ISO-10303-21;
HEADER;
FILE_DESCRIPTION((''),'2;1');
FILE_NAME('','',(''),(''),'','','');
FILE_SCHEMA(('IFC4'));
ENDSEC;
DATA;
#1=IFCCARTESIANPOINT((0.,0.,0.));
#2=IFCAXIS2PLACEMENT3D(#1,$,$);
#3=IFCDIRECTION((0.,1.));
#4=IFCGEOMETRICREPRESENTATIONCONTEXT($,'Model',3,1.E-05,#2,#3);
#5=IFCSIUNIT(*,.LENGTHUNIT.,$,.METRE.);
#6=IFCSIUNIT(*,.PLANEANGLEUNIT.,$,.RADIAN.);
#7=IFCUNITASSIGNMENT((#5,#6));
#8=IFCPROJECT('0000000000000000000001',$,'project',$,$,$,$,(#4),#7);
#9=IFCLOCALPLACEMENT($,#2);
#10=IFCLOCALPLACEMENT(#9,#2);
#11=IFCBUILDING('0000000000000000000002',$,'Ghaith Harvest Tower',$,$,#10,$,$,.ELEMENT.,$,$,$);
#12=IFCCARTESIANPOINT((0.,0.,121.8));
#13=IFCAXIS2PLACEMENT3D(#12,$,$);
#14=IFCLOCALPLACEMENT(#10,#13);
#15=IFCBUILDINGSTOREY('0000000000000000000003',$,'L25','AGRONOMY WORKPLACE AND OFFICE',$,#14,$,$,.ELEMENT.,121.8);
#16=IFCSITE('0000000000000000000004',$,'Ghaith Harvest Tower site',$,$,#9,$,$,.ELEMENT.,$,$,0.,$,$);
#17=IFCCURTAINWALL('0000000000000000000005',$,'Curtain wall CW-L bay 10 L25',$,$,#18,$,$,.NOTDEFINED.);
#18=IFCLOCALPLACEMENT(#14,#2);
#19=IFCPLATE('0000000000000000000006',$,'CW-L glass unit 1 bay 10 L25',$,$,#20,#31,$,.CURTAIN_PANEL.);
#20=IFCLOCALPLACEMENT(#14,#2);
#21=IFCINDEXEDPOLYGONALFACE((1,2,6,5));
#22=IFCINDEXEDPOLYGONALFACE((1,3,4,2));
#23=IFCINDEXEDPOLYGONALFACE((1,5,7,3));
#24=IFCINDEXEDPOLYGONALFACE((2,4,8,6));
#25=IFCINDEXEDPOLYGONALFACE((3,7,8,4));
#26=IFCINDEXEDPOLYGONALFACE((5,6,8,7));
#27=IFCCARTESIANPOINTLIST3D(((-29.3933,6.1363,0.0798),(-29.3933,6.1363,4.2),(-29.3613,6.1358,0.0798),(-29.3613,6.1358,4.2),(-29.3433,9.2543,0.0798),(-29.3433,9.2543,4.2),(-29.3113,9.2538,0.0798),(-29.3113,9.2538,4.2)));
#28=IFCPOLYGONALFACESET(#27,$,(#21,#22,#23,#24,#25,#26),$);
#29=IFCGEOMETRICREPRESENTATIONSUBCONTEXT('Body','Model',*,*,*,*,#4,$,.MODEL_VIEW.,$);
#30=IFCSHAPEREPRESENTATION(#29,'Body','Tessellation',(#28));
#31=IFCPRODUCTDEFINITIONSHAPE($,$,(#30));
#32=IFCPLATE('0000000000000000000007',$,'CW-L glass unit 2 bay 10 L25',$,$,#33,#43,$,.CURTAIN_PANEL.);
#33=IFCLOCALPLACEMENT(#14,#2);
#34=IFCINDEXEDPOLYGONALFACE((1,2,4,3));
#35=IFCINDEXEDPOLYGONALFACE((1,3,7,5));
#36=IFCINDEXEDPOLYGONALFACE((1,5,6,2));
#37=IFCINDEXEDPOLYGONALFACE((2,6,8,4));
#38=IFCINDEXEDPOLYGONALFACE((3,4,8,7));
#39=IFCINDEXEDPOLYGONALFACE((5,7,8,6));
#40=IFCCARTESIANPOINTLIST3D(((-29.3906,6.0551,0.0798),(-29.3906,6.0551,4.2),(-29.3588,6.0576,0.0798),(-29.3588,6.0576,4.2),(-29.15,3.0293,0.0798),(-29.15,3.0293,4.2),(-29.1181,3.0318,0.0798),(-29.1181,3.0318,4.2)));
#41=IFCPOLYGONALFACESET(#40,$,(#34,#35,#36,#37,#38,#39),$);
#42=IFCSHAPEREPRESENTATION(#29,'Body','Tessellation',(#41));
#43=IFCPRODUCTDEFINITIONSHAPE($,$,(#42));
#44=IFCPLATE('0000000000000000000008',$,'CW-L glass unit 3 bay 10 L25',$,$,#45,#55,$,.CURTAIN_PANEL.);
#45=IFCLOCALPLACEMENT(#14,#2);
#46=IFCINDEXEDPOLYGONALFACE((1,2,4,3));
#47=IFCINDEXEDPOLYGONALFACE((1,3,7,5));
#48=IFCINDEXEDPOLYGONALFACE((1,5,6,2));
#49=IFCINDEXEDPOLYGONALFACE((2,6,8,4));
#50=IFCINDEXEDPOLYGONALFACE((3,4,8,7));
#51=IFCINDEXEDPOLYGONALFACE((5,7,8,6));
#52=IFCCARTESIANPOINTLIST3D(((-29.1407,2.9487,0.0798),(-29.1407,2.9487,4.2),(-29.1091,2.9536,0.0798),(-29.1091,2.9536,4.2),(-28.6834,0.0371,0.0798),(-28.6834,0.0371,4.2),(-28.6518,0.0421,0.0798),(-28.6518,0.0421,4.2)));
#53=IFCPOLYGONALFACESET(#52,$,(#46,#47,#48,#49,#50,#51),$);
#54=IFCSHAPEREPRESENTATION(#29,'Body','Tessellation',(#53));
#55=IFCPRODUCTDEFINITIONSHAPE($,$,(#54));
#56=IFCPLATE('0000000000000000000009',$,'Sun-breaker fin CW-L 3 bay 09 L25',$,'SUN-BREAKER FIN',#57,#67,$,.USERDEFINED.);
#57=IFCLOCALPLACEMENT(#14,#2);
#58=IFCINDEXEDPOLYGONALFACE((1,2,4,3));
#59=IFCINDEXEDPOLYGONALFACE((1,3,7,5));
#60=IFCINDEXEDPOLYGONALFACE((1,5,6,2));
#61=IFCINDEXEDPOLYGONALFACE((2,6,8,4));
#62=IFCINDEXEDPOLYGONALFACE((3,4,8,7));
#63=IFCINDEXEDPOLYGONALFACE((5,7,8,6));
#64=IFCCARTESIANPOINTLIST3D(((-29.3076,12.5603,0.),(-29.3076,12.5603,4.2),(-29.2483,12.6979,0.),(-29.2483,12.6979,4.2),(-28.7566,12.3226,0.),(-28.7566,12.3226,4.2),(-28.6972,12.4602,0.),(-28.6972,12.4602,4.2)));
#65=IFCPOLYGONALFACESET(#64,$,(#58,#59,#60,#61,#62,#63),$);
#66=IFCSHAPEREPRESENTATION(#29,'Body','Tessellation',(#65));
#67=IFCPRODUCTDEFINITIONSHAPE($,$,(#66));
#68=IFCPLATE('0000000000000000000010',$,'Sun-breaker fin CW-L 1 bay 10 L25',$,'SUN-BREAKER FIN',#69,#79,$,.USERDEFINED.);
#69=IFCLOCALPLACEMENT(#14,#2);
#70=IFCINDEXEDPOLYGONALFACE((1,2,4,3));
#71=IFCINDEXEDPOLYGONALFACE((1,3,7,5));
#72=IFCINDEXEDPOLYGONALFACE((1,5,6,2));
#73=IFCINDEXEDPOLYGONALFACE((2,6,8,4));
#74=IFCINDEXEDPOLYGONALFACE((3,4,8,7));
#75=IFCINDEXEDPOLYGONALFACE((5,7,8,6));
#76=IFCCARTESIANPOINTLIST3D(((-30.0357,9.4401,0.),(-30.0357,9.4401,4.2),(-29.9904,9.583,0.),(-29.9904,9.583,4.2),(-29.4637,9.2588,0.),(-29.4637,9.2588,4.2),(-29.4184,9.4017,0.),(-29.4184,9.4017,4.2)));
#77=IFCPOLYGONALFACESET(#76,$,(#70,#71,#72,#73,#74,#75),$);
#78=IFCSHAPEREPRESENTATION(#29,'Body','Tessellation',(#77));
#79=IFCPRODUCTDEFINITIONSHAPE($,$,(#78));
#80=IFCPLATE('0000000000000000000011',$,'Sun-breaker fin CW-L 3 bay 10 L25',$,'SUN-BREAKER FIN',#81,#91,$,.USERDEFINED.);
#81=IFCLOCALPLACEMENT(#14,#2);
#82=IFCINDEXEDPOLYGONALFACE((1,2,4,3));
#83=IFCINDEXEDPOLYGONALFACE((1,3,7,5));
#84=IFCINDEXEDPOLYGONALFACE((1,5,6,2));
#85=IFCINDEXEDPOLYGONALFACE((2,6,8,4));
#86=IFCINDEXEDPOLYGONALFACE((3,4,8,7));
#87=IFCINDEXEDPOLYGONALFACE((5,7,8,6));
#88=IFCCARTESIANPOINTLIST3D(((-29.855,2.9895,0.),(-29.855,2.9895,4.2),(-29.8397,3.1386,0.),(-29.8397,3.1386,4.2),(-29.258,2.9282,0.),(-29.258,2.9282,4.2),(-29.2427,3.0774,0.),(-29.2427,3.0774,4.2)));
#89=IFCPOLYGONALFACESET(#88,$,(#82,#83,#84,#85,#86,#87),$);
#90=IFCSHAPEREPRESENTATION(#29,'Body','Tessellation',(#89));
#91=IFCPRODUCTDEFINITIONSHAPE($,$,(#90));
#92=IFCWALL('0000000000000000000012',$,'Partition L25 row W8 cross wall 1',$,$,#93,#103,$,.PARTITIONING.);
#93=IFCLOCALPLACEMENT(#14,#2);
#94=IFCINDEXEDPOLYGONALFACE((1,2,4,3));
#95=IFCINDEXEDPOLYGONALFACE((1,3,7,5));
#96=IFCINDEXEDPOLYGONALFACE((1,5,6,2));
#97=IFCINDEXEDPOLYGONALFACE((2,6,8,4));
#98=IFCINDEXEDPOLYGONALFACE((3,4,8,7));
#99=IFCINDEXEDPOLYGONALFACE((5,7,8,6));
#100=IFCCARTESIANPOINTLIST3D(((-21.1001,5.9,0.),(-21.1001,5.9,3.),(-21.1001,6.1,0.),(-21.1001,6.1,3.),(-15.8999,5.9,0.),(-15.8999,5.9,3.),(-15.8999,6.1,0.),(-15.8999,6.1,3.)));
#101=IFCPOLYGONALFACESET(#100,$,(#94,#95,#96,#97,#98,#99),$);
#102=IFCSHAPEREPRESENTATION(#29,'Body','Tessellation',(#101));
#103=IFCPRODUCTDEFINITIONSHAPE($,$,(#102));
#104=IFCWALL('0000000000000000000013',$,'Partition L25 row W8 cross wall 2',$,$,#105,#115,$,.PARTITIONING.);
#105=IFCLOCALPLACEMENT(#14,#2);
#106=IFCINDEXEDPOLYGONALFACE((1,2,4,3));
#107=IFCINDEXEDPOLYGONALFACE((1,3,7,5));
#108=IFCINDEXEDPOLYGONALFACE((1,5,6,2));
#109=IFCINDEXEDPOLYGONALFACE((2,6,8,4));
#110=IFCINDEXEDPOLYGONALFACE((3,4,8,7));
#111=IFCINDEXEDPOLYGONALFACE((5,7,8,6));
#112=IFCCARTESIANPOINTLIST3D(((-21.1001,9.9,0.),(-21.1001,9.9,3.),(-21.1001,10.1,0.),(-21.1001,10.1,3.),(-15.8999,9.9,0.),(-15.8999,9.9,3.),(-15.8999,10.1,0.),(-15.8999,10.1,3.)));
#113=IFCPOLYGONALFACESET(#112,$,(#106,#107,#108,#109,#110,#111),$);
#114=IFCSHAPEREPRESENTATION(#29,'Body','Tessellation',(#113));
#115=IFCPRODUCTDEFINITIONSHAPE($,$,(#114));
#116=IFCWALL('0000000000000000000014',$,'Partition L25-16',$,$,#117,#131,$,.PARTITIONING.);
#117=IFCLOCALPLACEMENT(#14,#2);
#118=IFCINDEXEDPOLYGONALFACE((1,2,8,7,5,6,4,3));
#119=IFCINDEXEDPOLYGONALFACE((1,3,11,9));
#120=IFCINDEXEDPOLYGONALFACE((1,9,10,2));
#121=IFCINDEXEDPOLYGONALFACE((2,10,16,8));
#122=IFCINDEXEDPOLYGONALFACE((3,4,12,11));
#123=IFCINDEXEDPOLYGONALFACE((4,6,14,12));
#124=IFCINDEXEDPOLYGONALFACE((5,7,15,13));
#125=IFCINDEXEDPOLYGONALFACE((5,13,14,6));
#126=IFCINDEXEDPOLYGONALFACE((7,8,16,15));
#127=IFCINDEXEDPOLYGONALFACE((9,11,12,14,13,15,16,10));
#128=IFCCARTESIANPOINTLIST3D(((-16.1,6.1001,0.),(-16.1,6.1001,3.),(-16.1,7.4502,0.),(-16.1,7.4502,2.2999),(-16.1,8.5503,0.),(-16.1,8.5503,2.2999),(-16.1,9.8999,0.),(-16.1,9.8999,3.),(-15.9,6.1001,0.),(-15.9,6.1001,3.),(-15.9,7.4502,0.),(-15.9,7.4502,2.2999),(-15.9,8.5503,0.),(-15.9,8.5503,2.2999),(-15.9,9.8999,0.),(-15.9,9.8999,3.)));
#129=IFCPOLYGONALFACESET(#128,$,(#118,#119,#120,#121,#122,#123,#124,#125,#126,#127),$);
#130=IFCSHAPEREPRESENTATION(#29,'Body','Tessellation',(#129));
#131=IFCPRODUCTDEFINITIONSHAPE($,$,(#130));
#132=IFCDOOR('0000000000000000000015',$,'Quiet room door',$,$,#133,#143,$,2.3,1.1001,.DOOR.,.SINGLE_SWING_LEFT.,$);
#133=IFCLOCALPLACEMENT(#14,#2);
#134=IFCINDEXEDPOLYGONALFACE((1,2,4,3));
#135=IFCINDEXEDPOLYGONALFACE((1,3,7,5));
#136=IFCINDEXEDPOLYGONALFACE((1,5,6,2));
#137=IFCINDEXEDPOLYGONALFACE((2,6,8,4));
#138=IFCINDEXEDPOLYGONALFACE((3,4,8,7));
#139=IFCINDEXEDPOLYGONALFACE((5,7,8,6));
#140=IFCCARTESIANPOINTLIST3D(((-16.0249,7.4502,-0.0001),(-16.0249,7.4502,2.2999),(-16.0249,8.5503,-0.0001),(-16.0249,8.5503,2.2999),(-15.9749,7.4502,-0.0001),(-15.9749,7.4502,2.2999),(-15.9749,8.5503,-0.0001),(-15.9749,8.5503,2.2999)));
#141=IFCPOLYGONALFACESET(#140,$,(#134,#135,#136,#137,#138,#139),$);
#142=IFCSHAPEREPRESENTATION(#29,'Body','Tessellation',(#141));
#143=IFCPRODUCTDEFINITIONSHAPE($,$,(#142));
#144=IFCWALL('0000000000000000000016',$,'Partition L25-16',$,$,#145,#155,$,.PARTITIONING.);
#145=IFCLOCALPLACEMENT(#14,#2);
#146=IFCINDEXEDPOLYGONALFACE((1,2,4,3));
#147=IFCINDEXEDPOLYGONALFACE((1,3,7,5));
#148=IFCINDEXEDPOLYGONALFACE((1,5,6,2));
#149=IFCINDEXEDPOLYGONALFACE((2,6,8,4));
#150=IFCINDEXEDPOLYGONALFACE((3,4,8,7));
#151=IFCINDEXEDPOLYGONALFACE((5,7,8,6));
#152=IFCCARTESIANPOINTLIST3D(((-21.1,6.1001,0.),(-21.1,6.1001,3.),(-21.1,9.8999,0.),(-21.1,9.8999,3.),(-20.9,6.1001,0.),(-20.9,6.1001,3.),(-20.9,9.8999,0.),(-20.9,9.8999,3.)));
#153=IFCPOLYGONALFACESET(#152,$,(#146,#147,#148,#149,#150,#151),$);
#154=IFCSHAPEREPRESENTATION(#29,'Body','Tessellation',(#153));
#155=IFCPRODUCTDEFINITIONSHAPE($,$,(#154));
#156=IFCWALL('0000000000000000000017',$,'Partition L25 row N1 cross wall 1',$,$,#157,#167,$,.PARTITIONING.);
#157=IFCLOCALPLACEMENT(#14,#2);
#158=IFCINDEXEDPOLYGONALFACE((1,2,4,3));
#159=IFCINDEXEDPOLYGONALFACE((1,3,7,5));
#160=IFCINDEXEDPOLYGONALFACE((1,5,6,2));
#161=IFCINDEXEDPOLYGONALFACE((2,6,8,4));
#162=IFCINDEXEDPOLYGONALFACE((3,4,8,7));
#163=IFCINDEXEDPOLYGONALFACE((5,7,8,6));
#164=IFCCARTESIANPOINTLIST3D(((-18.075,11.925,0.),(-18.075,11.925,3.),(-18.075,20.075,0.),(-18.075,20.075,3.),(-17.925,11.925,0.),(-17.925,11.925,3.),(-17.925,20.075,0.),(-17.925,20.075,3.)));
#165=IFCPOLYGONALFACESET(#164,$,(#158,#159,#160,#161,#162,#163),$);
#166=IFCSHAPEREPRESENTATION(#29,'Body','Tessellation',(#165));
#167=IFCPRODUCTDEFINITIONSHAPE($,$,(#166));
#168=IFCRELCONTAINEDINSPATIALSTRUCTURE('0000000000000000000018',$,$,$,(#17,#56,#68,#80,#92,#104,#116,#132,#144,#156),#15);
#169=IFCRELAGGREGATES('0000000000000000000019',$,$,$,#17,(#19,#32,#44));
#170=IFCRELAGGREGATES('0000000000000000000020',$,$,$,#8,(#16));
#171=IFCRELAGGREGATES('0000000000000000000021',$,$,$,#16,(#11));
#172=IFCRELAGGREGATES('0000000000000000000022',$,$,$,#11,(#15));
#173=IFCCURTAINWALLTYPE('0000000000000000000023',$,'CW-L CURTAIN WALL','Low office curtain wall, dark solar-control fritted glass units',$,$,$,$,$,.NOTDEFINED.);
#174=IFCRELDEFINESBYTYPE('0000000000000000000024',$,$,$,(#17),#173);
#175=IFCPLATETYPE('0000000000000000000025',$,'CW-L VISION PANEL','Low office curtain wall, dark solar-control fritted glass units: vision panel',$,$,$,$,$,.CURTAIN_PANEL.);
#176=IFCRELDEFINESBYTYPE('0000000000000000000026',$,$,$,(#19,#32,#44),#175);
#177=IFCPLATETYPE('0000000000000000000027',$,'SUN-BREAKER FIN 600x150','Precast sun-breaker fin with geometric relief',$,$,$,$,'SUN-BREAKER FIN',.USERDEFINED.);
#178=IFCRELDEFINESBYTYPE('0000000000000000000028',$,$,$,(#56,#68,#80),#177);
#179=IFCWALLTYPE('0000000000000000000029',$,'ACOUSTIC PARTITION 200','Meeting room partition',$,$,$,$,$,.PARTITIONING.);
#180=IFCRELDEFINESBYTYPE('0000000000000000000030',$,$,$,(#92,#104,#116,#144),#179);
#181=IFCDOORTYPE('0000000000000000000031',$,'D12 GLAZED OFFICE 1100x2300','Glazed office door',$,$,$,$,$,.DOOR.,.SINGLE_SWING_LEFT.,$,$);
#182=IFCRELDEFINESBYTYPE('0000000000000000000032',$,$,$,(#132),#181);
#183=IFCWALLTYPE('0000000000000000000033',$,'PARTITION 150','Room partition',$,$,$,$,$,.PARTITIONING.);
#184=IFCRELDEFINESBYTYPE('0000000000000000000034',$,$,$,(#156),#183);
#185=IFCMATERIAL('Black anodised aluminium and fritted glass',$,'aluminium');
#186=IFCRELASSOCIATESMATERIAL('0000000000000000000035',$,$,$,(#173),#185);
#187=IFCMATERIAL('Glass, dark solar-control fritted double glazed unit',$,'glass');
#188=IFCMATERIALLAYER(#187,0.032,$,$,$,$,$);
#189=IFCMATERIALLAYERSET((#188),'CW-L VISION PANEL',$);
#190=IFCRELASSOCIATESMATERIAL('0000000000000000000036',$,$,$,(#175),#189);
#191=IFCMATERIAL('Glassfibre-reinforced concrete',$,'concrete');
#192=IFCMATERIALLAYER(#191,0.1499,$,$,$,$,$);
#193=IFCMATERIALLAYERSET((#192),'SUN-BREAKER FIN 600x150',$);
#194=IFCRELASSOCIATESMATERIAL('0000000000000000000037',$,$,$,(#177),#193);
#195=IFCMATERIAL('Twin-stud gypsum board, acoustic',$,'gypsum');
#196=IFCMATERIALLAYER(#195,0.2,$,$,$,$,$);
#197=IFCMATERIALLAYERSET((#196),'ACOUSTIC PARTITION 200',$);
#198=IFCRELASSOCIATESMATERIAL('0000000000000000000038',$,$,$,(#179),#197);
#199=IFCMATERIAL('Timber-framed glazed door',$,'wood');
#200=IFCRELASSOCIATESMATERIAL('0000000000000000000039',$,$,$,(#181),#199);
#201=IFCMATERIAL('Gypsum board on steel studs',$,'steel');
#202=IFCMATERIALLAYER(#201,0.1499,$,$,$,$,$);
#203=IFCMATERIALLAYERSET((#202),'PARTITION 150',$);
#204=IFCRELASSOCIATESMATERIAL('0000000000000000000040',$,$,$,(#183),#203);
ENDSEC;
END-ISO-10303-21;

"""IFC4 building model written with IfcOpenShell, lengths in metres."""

from ifc_helpers import new_model, si_unit, direction, frame, frame_2d, origin, origin_2d, place, context, subcontext, project, spatial, rectangle, extrude, material, layer, layer_set, type_object, element, fill, aggregate, save


model = new_model("IFC4")

# Units and contexts
model_context = context("Model", 3, precision=1e-05, world=origin(), true_north=direction((0.0, 1.0)))
body_context = subcontext(model_context, "Body", "Model", "MODEL_VIEW")
ifc_project = project(units=[si_unit("LENGTHUNIT", "METRE"), si_unit("PLANEANGLEUNIT", "RADIAN")], contexts=[model_context])

# Site, building, storey
site_placement = place(None, origin())
site = spatial("IfcSite", under=ifc_project, at=site_placement, Name="Ghaith Harvest Tower site", CompositionType="ELEMENT", RefElevation=0.0)
building_placement = place(site_placement, origin())
building = spatial("IfcBuilding", under=site, at=building_placement, Name="Ghaith Harvest Tower", CompositionType="ELEMENT")
storey_placement = place(building_placement, frame((0.0, 0.0, 121.8)))
storey = spatial("IfcBuildingStorey", under=building, at=storey_placement, Name="L25", Description="AGRONOMY WORKPLACE AND OFFICE", CompositionType="ELEMENT", Elevation=121.8)

# Shared definitions
ifc_material_1 = material(Name="Black anodised aluminium and fritted glass", Category="aluminium")
curtain_wall_type = type_object("IfcCurtainWallType", Name="CW-L CURTAIN WALL", Description="Low office curtain wall, dark solar-control fritted glass units", PredefinedType="NOTDEFINED", material=ifc_material_1)

# Curtain wall
curtain_wall_1_placement = place(storey_placement, origin())
curtain_wall_1 = element("IfcCurtainWall", 1, at=curtain_wall_1_placement, inside=storey, type_object=curtain_wall_type, Name="Curtain wall CW-L bay 10 L25", PredefinedType="NOTDEFINED")

# Plates
ifc_material_2 = material(Name="Glass, dark solar-control fritted double glazed unit", Category="glass")
ifc_layer_1 = layer(ifc_material_2, 0.032)
ifc_layer_set_1 = layer_set([ifc_layer_1], Name="CW-L VISION PANEL")
plate_type_1 = type_object("IfcPlateType", Name="CW-L VISION PANEL", Description="Low office curtain wall, dark solar-control fritted glass units: vision panel", PredefinedType="CURTAIN_PANEL", material=ifc_layer_set_1)
plate_1_placement = place(storey_placement, frame((-29.3523, 7.6951, 0.0798), z_axis=(0.0, 0.0, 1.0), x_axis=(-0.016034, -0.999871, 0.0)))
plate_1 = element("IfcPlate", 2, at=plate_1_placement, type_object=plate_type_1, Name="CW-L glass unit 1 bay 10 L25", PredefinedType="CURTAIN_PANEL", context=body_context, shape_type="SweptSolid", body=[
    extrude(rectangle(XDim=3.1184, YDim=0.032, at=origin_2d()), origin(), (0.0, 0.0, 1.0), 4.1201),
])
plate_2_placement = place(storey_placement, frame((-29.2544, 4.5435, 0.0798), z_axis=(0.0, 0.0, 1.0), x_axis=(0.079273, -0.996853, 0.0)))
plate_2 = element("IfcPlate", 3, at=plate_2_placement, type_object=plate_type_1, Name="CW-L glass unit 2 bay 10 L25", PredefinedType="CURTAIN_PANEL", context=body_context, shape_type="SweptSolid", body=[
    extrude(rectangle(XDim=3.0354, YDim=0.032, at=origin_2d()), origin(), (0.0, 0.0, 1.0), 4.1201),
])
plate_3_placement = place(storey_placement, frame((-28.8962, 1.4954, 0.0798), z_axis=(0.0, 0.0, 1.0), x_axis=(0.155172, -0.987887, 0.0)))
plate_3 = element("IfcPlate", 4, at=plate_3_placement, type_object=plate_type_1, Name="CW-L glass unit 3 bay 10 L25", PredefinedType="CURTAIN_PANEL", context=body_context, shape_type="SweptSolid", body=[
    extrude(rectangle(XDim=2.9473, YDim=0.032, at=origin_2d()), origin(), (0.0, 0.0, 1.0), 4.1201),
])
aggregate(curtain_wall_1, [plate_1, plate_2, plate_3])

# Plates
ifc_material_3 = material(Name="Glassfibre-reinforced concrete", Category="concrete")
ifc_layer_2 = layer(ifc_material_3, 0.1499)
ifc_layer_set_2 = layer_set([ifc_layer_2], Name="SUN-BREAKER FIN 600x150")
plate_type_2 = type_object("IfcPlateType", Name="SUN-BREAKER FIN 600x150", Description="Precast sun-breaker fin with geometric relief", ElementType="SUN-BREAKER FIN", PredefinedType="USERDEFINED", material=ifc_layer_set_2)
for number, where, z_axis, x_axis, name in (
    (5, (-29.0024, 12.5103, 0.0), (0.0, 0.0, 1.0), (-0.918218, 0.396075, 0.0), "Sun-breaker fin CW-L 3 bay 09 L25"),
    (6, (-29.7271, 9.4209, 0.0), (0.0, 0.0, 1.0), (-0.953273, 0.30211, 0.0), "Sun-breaker fin CW-L 1 bay 10 L25"),
    (7, (-29.5488, 3.0334, 0.0), (0.0, 0.0, 1.0), (-0.994772, 0.102123, 0.0), "Sun-breaker fin CW-L 3 bay 10 L25"),
):
    element("IfcPlate", number, at=place(storey_placement, frame(where, z_axis=z_axis, x_axis=x_axis)), inside=storey, type_object=plate_type_2, Name=name, ObjectType="SUN-BREAKER FIN", PredefinedType="USERDEFINED", context=body_context, shape_type="SweptSolid", body=[
        extrude(rectangle(XDim=0.6001, YDim=0.1499, at=origin_2d()), origin(), (0.0, 0.0, 1.0), 4.2),
    ])

# Walls
ifc_material_4 = material(Name="Twin-stud gypsum board, acoustic", Category="gypsum")
ifc_layer_3 = layer(ifc_material_4, 0.2)
ifc_layer_set_3 = layer_set([ifc_layer_3], Name="ACOUSTIC PARTITION 200")
wall_type_1 = type_object("IfcWallType", Name="ACOUSTIC PARTITION 200", Description="Meeting room partition", PredefinedType="PARTITIONING", material=ifc_layer_set_3)
for number, where, z_axis, x_axis, name in (
    (8, (-15.8999, 6.0, 0.0), (0.0, 0.0, 1.0), (-1.0, 0.0, 0.0), "Partition L25 row W8 cross wall 1"),
    (9, (-15.8999, 10.0, 0.0), (0.0, 0.0, 1.0), (-1.0, 0.0, 0.0), "Partition L25 row W8 cross wall 2"),
):
    element("IfcWall", number, at=place(storey_placement, frame(where, z_axis=z_axis, x_axis=x_axis)), inside=storey, type_object=wall_type_1, Name=name, PredefinedType="PARTITIONING", context=body_context, shape_type="SweptSolid", body=[
        extrude(rectangle(XDim=5.2002, YDim=0.2, at=frame_2d((2.6001, 0.0))), origin(), (0.0, 0.0, 1.0), 3.0),
    ])

# Wall, opening, door
wall_1_placement = place(storey_placement, frame((-16.0, 6.1001, 0.0), z_axis=(0.0, 0.0, 1.0), x_axis=(0.0, 1.0, 0.0)))
wall_1 = element("IfcWall", 10, at=wall_1_placement, inside=storey, type_object=wall_type_1, Name="Partition L25-16", PredefinedType="PARTITIONING", context=body_context, shape_type="SweptSolid", body=[
    extrude(rectangle(XDim=3.7998, YDim=0.2, at=frame_2d((1.8999, 0.0))), origin(), (0.0, 0.0, 1.0), 3.0),
])
opening_1_placement = place(wall_1_placement, frame((1.3501, 0.0, 0.0)))
opening_1 = element("IfcOpeningElement", 11, at=opening_1_placement, cuts=wall_1, PredefinedType="OPENING", context=body_context, shape_type="SweptSolid", body=[
    extrude(rectangle(XDim=1.1001, YDim=2.3, at=frame_2d((0.55, 1.1499))), frame((0.0, 0.1099, 0.0), z_axis=(0.0, -1.0, 0.0), x_axis=(1.0, 0.0, 0.0)), (0.0, 0.0, 1.0), 0.22),
])
ifc_material_5 = material(Name="Timber-framed glazed door", Category="wood")
door_type_1 = type_object("IfcDoorType", Name="D12 GLAZED OFFICE 1100x2300", Description="Glazed office door", OperationType="SINGLE_SWING_LEFT", PredefinedType="DOOR", material=ifc_material_5)
door_1_placement = place(opening_1_placement, origin())
door_1 = element("IfcDoor", 12, at=door_1_placement, inside=storey, type_object=door_type_1, Name="Quiet room door", OperationType="SINGLE_SWING_LEFT", OverallHeight=2.3, OverallWidth=1.1001, PredefinedType="DOOR", context=body_context, shape_type="SweptSolid", body=[
    extrude(rectangle(XDim=1.1001, YDim=2.3, at=frame_2d((0.55, 1.1499))), frame((0.0, 0.0249, 0.0), z_axis=(0.0, -1.0, 0.0), x_axis=(1.0, 0.0, 0.0)), (0.0, 0.0, 1.0), 0.05),
])
fill(opening_1, door_1)

# Walls
wall_2_placement = place(storey_placement, frame((-21.0, 6.1001, 0.0), z_axis=(0.0, 0.0, 1.0), x_axis=(0.0, 1.0, 0.0)))
element("IfcWall", 13, at=wall_2_placement, inside=storey, type_object=wall_type_1, Name="Partition L25-16", PredefinedType="PARTITIONING", context=body_context, shape_type="SweptSolid", body=[
    extrude(rectangle(XDim=3.7998, YDim=0.2, at=frame_2d((1.8999, 0.0))), origin(), (0.0, 0.0, 1.0), 3.0),
])
ifc_material_6 = material(Name="Gypsum board on steel studs", Category="steel")
ifc_layer_4 = layer(ifc_material_6, 0.1499)
ifc_layer_set_4 = layer_set([ifc_layer_4], Name="PARTITION 150")
wall_type_2 = type_object("IfcWallType", Name="PARTITION 150", Description="Room partition", PredefinedType="PARTITIONING", material=ifc_layer_set_4)
wall_3_placement = place(storey_placement, frame((-18.0, 11.925, 0.0), z_axis=(0.0, 0.0, 1.0), x_axis=(0.0, 1.0, 0.0)))
element("IfcWall", 14, at=wall_3_placement, inside=storey, type_object=wall_type_2, Name="Partition L25 row N1 cross wall 1", PredefinedType="PARTITIONING", context=body_context, shape_type="SweptSolid", body=[
    extrude(rectangle(XDim=8.1499, YDim=0.1499, at=frame_2d((4.075, 0.0))), origin(), (0.0, 0.0, 1.0), 3.0),
])

save(model, "model.ifc")
